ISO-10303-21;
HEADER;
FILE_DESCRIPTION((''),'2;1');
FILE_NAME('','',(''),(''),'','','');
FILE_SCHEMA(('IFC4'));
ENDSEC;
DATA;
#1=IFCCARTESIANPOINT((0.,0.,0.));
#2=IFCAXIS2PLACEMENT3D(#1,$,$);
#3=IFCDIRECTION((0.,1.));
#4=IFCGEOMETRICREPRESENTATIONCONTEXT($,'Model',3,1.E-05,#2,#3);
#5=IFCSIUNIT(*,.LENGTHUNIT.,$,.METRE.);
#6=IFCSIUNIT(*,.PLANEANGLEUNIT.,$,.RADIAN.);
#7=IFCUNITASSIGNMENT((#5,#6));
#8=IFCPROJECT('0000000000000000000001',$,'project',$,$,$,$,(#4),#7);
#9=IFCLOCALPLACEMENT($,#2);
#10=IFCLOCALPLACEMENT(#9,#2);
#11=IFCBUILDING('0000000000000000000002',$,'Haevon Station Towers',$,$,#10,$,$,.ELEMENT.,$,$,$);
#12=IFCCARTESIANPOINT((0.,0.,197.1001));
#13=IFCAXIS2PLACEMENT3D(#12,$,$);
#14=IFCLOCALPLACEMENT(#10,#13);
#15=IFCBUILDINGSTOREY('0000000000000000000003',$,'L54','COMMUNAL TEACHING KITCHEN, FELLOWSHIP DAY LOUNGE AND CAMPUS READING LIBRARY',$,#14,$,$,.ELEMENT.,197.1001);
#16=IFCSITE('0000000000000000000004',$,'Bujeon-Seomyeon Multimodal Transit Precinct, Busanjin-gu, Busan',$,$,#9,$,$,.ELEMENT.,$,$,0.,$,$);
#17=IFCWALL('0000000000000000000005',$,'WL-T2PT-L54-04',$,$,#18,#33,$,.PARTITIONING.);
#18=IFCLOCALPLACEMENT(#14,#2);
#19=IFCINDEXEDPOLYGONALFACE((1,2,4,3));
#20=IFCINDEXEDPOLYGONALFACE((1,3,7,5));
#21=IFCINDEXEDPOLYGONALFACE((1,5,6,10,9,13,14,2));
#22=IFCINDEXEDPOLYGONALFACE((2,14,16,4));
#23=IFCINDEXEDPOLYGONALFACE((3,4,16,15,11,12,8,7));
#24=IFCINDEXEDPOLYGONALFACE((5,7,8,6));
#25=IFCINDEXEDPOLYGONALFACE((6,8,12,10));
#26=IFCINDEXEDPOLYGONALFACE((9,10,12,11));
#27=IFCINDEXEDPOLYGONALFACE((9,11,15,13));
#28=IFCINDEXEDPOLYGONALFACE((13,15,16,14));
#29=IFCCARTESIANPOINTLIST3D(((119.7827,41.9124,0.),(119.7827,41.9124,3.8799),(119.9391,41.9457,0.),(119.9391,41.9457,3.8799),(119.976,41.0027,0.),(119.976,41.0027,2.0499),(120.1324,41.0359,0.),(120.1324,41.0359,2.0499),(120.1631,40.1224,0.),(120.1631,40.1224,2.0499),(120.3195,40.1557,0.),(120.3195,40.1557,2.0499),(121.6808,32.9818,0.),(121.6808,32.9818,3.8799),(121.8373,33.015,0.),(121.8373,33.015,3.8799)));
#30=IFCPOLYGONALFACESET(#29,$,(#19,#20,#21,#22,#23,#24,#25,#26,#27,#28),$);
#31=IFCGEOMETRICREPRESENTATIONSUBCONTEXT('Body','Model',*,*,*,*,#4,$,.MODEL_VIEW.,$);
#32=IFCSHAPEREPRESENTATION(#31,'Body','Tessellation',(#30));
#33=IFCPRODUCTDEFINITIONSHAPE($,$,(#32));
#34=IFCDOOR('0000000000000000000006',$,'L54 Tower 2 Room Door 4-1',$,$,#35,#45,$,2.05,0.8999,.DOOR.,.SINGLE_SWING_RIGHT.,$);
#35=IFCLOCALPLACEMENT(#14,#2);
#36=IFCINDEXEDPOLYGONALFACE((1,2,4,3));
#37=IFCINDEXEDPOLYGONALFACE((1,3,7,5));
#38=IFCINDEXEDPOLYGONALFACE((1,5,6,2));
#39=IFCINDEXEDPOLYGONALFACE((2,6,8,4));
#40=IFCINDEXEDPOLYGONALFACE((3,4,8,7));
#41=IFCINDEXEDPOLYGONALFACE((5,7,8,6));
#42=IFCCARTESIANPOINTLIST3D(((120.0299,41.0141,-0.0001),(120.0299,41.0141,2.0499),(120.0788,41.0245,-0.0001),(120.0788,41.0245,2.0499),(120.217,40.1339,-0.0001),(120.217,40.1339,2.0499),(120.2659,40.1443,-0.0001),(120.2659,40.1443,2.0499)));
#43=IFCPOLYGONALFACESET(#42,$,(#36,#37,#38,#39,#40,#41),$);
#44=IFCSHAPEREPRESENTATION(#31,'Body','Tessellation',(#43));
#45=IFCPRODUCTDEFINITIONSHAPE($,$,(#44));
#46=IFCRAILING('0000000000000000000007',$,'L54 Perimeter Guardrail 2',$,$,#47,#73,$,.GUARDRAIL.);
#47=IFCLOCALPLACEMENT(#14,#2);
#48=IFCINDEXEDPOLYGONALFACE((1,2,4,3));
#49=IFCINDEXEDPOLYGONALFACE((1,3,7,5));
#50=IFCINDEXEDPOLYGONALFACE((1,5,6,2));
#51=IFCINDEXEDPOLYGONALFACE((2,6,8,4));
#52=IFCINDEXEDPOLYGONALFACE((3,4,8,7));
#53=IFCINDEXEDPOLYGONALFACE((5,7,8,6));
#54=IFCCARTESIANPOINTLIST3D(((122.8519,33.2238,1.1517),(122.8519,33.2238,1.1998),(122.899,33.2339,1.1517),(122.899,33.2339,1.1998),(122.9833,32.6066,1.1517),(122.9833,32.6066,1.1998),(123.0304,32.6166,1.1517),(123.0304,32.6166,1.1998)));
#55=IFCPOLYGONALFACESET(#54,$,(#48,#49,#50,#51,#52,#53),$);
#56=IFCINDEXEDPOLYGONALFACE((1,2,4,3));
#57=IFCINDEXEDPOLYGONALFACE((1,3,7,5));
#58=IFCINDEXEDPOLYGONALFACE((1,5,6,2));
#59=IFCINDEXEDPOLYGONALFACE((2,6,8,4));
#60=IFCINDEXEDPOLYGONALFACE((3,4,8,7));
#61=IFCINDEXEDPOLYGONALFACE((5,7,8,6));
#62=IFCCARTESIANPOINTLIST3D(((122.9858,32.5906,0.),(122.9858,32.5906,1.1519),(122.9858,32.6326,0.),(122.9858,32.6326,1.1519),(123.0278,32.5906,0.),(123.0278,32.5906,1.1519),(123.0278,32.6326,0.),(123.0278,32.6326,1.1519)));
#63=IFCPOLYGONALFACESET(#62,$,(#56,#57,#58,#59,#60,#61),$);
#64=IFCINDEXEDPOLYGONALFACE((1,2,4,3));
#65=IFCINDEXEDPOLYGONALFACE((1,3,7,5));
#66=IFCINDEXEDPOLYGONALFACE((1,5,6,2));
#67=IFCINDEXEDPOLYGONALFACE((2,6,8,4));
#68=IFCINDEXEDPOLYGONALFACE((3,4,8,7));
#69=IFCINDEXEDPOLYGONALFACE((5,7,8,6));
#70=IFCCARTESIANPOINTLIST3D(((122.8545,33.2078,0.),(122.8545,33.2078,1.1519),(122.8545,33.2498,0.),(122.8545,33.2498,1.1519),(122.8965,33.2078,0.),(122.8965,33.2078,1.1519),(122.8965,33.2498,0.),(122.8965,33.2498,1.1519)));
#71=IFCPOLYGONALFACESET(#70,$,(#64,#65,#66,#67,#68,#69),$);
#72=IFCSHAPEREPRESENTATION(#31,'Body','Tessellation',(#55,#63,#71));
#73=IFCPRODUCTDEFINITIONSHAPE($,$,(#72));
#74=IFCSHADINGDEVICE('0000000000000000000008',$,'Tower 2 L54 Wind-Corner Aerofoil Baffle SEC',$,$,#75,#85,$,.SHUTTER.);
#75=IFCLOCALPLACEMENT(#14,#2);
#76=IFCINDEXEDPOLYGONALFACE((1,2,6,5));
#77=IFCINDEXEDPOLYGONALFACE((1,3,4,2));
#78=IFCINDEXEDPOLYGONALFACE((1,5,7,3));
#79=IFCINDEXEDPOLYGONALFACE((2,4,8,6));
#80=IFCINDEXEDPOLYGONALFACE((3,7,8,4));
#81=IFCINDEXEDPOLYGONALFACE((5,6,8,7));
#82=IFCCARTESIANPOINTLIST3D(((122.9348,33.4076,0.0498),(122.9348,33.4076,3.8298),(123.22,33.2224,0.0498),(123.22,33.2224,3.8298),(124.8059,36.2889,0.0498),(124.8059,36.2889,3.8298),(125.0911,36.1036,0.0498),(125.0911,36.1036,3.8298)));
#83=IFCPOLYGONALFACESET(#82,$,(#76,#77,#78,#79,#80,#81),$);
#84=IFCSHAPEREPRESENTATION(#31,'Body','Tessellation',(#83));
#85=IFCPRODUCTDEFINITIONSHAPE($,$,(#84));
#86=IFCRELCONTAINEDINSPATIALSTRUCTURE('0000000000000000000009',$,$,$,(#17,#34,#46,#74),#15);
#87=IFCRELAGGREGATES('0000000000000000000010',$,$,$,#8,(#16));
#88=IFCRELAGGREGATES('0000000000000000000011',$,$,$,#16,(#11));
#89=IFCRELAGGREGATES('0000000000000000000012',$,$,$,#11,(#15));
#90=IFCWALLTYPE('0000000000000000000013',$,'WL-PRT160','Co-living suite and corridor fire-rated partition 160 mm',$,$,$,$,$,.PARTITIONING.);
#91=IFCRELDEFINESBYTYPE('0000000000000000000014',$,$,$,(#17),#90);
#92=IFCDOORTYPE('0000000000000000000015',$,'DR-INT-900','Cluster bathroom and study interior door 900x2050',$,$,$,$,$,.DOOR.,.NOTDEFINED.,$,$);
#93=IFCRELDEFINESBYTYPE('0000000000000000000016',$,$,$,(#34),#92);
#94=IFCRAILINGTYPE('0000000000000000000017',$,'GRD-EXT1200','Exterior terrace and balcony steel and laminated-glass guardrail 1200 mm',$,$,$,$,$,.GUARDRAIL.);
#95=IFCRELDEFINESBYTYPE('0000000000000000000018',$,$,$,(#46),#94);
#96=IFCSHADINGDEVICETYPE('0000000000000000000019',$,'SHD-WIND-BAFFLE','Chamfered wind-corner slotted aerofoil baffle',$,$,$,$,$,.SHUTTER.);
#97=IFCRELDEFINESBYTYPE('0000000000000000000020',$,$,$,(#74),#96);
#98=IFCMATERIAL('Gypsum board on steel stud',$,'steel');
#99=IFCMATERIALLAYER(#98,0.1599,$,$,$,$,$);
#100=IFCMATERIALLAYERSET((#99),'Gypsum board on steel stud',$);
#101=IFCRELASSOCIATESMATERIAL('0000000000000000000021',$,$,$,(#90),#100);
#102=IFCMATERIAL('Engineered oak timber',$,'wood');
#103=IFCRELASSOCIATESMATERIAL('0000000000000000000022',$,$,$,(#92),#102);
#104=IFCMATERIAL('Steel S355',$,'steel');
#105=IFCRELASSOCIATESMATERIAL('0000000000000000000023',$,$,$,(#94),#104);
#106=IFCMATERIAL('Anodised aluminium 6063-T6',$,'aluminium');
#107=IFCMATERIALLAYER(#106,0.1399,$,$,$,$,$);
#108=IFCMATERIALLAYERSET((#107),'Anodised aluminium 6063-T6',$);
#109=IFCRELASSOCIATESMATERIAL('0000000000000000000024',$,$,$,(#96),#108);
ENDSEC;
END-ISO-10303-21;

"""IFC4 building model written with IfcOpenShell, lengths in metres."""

from ifc_helpers import new_model, si_unit, direction, frame, frame_2d, origin, origin_2d, place, context, subcontext, project, spatial, rectangle, extrude, material, layer, layer_set, type_object, element, fill, save


model = new_model("IFC4")

# Units and contexts
model_context = context("Model", 3, precision=1e-05, world=origin(), true_north=direction((0.0, 1.0)))
body_context = subcontext(model_context, "Body", "Model", "MODEL_VIEW")
ifc_project = project(units=[si_unit("LENGTHUNIT", "METRE"), si_unit("PLANEANGLEUNIT", "RADIAN")], contexts=[model_context])

# Site, building, storey
site_placement = place(None, origin())
site = spatial("IfcSite", under=ifc_project, at=site_placement, Name="Bujeon-Seomyeon Multimodal Transit Precinct, Busanjin-gu, Busan", CompositionType="ELEMENT", RefElevation=0.0)
building_placement = place(site_placement, origin())
building = spatial("IfcBuilding", under=site, at=building_placement, Name="Haevon Station Towers", CompositionType="ELEMENT")
storey_placement = place(building_placement, frame((0.0, 0.0, 197.1001)))
storey = spatial("IfcBuildingStorey", under=building, at=storey_placement, Name="L54", Description="COMMUNAL TEACHING KITCHEN, FELLOWSHIP DAY LOUNGE AND CAMPUS READING LIBRARY", CompositionType="ELEMENT", Elevation=197.1001)

# Shared definitions
ifc_material_1 = material(Name="Steel S355", Category="steel")

# Wall, opening, door
ifc_material_2 = material(Name="Gypsum board on steel stud", Category="steel")
ifc_layer_1 = layer(ifc_material_2, 0.1599)
ifc_layer_set_1 = layer_set([ifc_layer_1], Name="Gypsum board on steel stud")
wall_type_1 = type_object("IfcWallType", Name="WL-PRT160", Description="Co-living suite and corridor fire-rated partition 160 mm", PredefinedType="PARTITIONING", material=ifc_layer_set_1)
wall_1_placement = place(storey_placement, frame((121.759, 32.9985, 0.0), z_axis=(0.0, 0.0, 1.0), x_axis=(-0.207904, 0.978149, 0.0)))
wall_1 = element("IfcWall", 1, at=wall_1_placement, inside=storey, type_object=wall_type_1, Name="WL-T2PT-L54-04", PredefinedType="PARTITIONING", context=body_context, shape_type="SweptSolid", body=[
    extrude(rectangle(XDim=9.1301, YDim=0.1599, at=frame_2d((4.5649, 0.0))), origin(), (0.0, 0.0, 1.0), 3.8799),
])
opening_1_placement = place(wall_1_placement, frame((7.3, 0.0, 0.0)))
opening_1 = element("IfcOpeningElement", 2, at=opening_1_placement, cuts=wall_1, PredefinedType="OPENING", context=body_context, shape_type="SweptSolid", body=[
    extrude(rectangle(XDim=0.8999, YDim=2.05, at=frame_2d((0.45, 1.0249))), frame((0.0, 0.0898, 0.0), z_axis=(0.0, -1.0, 0.0), x_axis=(1.0, 0.0, 0.0)), (0.0, 0.0, 1.0), 0.1799),
])
ifc_material_3 = material(Name="Engineered oak timber", Category="wood")
door_type_1 = type_object("IfcDoorType", Name="DR-INT-900", Description="Cluster bathroom and study interior door 900x2050", OperationType="NOTDEFINED", PredefinedType="DOOR", material=ifc_material_3)
door_1_placement = place(opening_1_placement, origin())
door_1 = element("IfcDoor", 3, at=door_1_placement, inside=storey, type_object=door_type_1, Name="L54 Tower 2 Room Door 4-1", OperationType="SINGLE_SWING_RIGHT", OverallHeight=2.05, OverallWidth=0.8999, PredefinedType="DOOR", context=body_context, shape_type="SweptSolid", body=[
    extrude(rectangle(XDim=0.8999, YDim=2.05, at=frame_2d((0.45, 1.0249))), frame((0.0, 0.0249, 0.0), z_axis=(0.0, -1.0, 0.0), x_axis=(1.0, 0.0, 0.0)), (0.0, 0.0, 1.0), 0.05),
])
fill(opening_1, door_1)

# Railing
railing_type = type_object("IfcRailingType", Name="GRD-EXT1200", Description="Exterior terrace and balcony steel and laminated-glass guardrail 1200 mm", PredefinedType="GUARDRAIL", material=ifc_material_1)
railing_placement = place(storey_placement, frame((123.0068, 32.6116, 0.0)))
element("IfcRailing", 4, at=railing_placement, inside=storey, type_object=railing_type, Name="L54 Perimeter Guardrail 2", PredefinedType="GUARDRAIL", context=body_context, shape_type="SweptSolid", body=[
    extrude(rectangle(XDim=0.0481, YDim=0.0481, at=origin_2d()), frame((0.0, 0.0, 1.1758), z_axis=(-0.208155, 0.978096, 0.0), x_axis=(-0.978096, -0.208155, 0.0)), (0.0, 0.0, 1.0), 0.6311),
    extrude(rectangle(XDim=0.042, YDim=0.042, at=origin_2d()), origin(), (0.0, 0.0, 1.0), 1.1519),
    extrude(rectangle(XDim=0.042, YDim=0.042, at=origin_2d()), frame((-0.1313, 0.6172, 0.0)), (0.0, 0.0, 1.0), 1.1519),
])

# Shading device
ifc_material_4 = material(Name="Anodised aluminium 6063-T6", Category="aluminium")
ifc_layer_2 = layer(ifc_material_4, 0.1399)
ifc_layer_set_2 = layer_set([ifc_layer_2], Name="Anodised aluminium 6063-T6")
shading_device_type = type_object("IfcShadingDeviceType", Name="SHD-WIND-BAFFLE", Description="Chamfered wind-corner slotted aerofoil baffle", PredefinedType="SHUTTER", material=ifc_layer_set_2)
shading_device_placement = place(storey_placement, frame((124.0129, 34.7556, 0.0498), z_axis=(0.0, 0.0, 1.0), x_axis=(-0.544639, -0.838671, 0.0)))
element("IfcShadingDevice", 5, at=shading_device_placement, inside=storey, type_object=shading_device_type, Name="Tower 2 L54 Wind-Corner Aerofoil Baffle SEC", PredefinedType="SHUTTER", context=body_context, shape_type="SweptSolid", body=[
    extrude(rectangle(XDim=3.4355, YDim=0.3401, at=origin_2d()), origin(), (0.0, 0.0, 1.0), 3.78),
])

save(model, "model.ifc")
